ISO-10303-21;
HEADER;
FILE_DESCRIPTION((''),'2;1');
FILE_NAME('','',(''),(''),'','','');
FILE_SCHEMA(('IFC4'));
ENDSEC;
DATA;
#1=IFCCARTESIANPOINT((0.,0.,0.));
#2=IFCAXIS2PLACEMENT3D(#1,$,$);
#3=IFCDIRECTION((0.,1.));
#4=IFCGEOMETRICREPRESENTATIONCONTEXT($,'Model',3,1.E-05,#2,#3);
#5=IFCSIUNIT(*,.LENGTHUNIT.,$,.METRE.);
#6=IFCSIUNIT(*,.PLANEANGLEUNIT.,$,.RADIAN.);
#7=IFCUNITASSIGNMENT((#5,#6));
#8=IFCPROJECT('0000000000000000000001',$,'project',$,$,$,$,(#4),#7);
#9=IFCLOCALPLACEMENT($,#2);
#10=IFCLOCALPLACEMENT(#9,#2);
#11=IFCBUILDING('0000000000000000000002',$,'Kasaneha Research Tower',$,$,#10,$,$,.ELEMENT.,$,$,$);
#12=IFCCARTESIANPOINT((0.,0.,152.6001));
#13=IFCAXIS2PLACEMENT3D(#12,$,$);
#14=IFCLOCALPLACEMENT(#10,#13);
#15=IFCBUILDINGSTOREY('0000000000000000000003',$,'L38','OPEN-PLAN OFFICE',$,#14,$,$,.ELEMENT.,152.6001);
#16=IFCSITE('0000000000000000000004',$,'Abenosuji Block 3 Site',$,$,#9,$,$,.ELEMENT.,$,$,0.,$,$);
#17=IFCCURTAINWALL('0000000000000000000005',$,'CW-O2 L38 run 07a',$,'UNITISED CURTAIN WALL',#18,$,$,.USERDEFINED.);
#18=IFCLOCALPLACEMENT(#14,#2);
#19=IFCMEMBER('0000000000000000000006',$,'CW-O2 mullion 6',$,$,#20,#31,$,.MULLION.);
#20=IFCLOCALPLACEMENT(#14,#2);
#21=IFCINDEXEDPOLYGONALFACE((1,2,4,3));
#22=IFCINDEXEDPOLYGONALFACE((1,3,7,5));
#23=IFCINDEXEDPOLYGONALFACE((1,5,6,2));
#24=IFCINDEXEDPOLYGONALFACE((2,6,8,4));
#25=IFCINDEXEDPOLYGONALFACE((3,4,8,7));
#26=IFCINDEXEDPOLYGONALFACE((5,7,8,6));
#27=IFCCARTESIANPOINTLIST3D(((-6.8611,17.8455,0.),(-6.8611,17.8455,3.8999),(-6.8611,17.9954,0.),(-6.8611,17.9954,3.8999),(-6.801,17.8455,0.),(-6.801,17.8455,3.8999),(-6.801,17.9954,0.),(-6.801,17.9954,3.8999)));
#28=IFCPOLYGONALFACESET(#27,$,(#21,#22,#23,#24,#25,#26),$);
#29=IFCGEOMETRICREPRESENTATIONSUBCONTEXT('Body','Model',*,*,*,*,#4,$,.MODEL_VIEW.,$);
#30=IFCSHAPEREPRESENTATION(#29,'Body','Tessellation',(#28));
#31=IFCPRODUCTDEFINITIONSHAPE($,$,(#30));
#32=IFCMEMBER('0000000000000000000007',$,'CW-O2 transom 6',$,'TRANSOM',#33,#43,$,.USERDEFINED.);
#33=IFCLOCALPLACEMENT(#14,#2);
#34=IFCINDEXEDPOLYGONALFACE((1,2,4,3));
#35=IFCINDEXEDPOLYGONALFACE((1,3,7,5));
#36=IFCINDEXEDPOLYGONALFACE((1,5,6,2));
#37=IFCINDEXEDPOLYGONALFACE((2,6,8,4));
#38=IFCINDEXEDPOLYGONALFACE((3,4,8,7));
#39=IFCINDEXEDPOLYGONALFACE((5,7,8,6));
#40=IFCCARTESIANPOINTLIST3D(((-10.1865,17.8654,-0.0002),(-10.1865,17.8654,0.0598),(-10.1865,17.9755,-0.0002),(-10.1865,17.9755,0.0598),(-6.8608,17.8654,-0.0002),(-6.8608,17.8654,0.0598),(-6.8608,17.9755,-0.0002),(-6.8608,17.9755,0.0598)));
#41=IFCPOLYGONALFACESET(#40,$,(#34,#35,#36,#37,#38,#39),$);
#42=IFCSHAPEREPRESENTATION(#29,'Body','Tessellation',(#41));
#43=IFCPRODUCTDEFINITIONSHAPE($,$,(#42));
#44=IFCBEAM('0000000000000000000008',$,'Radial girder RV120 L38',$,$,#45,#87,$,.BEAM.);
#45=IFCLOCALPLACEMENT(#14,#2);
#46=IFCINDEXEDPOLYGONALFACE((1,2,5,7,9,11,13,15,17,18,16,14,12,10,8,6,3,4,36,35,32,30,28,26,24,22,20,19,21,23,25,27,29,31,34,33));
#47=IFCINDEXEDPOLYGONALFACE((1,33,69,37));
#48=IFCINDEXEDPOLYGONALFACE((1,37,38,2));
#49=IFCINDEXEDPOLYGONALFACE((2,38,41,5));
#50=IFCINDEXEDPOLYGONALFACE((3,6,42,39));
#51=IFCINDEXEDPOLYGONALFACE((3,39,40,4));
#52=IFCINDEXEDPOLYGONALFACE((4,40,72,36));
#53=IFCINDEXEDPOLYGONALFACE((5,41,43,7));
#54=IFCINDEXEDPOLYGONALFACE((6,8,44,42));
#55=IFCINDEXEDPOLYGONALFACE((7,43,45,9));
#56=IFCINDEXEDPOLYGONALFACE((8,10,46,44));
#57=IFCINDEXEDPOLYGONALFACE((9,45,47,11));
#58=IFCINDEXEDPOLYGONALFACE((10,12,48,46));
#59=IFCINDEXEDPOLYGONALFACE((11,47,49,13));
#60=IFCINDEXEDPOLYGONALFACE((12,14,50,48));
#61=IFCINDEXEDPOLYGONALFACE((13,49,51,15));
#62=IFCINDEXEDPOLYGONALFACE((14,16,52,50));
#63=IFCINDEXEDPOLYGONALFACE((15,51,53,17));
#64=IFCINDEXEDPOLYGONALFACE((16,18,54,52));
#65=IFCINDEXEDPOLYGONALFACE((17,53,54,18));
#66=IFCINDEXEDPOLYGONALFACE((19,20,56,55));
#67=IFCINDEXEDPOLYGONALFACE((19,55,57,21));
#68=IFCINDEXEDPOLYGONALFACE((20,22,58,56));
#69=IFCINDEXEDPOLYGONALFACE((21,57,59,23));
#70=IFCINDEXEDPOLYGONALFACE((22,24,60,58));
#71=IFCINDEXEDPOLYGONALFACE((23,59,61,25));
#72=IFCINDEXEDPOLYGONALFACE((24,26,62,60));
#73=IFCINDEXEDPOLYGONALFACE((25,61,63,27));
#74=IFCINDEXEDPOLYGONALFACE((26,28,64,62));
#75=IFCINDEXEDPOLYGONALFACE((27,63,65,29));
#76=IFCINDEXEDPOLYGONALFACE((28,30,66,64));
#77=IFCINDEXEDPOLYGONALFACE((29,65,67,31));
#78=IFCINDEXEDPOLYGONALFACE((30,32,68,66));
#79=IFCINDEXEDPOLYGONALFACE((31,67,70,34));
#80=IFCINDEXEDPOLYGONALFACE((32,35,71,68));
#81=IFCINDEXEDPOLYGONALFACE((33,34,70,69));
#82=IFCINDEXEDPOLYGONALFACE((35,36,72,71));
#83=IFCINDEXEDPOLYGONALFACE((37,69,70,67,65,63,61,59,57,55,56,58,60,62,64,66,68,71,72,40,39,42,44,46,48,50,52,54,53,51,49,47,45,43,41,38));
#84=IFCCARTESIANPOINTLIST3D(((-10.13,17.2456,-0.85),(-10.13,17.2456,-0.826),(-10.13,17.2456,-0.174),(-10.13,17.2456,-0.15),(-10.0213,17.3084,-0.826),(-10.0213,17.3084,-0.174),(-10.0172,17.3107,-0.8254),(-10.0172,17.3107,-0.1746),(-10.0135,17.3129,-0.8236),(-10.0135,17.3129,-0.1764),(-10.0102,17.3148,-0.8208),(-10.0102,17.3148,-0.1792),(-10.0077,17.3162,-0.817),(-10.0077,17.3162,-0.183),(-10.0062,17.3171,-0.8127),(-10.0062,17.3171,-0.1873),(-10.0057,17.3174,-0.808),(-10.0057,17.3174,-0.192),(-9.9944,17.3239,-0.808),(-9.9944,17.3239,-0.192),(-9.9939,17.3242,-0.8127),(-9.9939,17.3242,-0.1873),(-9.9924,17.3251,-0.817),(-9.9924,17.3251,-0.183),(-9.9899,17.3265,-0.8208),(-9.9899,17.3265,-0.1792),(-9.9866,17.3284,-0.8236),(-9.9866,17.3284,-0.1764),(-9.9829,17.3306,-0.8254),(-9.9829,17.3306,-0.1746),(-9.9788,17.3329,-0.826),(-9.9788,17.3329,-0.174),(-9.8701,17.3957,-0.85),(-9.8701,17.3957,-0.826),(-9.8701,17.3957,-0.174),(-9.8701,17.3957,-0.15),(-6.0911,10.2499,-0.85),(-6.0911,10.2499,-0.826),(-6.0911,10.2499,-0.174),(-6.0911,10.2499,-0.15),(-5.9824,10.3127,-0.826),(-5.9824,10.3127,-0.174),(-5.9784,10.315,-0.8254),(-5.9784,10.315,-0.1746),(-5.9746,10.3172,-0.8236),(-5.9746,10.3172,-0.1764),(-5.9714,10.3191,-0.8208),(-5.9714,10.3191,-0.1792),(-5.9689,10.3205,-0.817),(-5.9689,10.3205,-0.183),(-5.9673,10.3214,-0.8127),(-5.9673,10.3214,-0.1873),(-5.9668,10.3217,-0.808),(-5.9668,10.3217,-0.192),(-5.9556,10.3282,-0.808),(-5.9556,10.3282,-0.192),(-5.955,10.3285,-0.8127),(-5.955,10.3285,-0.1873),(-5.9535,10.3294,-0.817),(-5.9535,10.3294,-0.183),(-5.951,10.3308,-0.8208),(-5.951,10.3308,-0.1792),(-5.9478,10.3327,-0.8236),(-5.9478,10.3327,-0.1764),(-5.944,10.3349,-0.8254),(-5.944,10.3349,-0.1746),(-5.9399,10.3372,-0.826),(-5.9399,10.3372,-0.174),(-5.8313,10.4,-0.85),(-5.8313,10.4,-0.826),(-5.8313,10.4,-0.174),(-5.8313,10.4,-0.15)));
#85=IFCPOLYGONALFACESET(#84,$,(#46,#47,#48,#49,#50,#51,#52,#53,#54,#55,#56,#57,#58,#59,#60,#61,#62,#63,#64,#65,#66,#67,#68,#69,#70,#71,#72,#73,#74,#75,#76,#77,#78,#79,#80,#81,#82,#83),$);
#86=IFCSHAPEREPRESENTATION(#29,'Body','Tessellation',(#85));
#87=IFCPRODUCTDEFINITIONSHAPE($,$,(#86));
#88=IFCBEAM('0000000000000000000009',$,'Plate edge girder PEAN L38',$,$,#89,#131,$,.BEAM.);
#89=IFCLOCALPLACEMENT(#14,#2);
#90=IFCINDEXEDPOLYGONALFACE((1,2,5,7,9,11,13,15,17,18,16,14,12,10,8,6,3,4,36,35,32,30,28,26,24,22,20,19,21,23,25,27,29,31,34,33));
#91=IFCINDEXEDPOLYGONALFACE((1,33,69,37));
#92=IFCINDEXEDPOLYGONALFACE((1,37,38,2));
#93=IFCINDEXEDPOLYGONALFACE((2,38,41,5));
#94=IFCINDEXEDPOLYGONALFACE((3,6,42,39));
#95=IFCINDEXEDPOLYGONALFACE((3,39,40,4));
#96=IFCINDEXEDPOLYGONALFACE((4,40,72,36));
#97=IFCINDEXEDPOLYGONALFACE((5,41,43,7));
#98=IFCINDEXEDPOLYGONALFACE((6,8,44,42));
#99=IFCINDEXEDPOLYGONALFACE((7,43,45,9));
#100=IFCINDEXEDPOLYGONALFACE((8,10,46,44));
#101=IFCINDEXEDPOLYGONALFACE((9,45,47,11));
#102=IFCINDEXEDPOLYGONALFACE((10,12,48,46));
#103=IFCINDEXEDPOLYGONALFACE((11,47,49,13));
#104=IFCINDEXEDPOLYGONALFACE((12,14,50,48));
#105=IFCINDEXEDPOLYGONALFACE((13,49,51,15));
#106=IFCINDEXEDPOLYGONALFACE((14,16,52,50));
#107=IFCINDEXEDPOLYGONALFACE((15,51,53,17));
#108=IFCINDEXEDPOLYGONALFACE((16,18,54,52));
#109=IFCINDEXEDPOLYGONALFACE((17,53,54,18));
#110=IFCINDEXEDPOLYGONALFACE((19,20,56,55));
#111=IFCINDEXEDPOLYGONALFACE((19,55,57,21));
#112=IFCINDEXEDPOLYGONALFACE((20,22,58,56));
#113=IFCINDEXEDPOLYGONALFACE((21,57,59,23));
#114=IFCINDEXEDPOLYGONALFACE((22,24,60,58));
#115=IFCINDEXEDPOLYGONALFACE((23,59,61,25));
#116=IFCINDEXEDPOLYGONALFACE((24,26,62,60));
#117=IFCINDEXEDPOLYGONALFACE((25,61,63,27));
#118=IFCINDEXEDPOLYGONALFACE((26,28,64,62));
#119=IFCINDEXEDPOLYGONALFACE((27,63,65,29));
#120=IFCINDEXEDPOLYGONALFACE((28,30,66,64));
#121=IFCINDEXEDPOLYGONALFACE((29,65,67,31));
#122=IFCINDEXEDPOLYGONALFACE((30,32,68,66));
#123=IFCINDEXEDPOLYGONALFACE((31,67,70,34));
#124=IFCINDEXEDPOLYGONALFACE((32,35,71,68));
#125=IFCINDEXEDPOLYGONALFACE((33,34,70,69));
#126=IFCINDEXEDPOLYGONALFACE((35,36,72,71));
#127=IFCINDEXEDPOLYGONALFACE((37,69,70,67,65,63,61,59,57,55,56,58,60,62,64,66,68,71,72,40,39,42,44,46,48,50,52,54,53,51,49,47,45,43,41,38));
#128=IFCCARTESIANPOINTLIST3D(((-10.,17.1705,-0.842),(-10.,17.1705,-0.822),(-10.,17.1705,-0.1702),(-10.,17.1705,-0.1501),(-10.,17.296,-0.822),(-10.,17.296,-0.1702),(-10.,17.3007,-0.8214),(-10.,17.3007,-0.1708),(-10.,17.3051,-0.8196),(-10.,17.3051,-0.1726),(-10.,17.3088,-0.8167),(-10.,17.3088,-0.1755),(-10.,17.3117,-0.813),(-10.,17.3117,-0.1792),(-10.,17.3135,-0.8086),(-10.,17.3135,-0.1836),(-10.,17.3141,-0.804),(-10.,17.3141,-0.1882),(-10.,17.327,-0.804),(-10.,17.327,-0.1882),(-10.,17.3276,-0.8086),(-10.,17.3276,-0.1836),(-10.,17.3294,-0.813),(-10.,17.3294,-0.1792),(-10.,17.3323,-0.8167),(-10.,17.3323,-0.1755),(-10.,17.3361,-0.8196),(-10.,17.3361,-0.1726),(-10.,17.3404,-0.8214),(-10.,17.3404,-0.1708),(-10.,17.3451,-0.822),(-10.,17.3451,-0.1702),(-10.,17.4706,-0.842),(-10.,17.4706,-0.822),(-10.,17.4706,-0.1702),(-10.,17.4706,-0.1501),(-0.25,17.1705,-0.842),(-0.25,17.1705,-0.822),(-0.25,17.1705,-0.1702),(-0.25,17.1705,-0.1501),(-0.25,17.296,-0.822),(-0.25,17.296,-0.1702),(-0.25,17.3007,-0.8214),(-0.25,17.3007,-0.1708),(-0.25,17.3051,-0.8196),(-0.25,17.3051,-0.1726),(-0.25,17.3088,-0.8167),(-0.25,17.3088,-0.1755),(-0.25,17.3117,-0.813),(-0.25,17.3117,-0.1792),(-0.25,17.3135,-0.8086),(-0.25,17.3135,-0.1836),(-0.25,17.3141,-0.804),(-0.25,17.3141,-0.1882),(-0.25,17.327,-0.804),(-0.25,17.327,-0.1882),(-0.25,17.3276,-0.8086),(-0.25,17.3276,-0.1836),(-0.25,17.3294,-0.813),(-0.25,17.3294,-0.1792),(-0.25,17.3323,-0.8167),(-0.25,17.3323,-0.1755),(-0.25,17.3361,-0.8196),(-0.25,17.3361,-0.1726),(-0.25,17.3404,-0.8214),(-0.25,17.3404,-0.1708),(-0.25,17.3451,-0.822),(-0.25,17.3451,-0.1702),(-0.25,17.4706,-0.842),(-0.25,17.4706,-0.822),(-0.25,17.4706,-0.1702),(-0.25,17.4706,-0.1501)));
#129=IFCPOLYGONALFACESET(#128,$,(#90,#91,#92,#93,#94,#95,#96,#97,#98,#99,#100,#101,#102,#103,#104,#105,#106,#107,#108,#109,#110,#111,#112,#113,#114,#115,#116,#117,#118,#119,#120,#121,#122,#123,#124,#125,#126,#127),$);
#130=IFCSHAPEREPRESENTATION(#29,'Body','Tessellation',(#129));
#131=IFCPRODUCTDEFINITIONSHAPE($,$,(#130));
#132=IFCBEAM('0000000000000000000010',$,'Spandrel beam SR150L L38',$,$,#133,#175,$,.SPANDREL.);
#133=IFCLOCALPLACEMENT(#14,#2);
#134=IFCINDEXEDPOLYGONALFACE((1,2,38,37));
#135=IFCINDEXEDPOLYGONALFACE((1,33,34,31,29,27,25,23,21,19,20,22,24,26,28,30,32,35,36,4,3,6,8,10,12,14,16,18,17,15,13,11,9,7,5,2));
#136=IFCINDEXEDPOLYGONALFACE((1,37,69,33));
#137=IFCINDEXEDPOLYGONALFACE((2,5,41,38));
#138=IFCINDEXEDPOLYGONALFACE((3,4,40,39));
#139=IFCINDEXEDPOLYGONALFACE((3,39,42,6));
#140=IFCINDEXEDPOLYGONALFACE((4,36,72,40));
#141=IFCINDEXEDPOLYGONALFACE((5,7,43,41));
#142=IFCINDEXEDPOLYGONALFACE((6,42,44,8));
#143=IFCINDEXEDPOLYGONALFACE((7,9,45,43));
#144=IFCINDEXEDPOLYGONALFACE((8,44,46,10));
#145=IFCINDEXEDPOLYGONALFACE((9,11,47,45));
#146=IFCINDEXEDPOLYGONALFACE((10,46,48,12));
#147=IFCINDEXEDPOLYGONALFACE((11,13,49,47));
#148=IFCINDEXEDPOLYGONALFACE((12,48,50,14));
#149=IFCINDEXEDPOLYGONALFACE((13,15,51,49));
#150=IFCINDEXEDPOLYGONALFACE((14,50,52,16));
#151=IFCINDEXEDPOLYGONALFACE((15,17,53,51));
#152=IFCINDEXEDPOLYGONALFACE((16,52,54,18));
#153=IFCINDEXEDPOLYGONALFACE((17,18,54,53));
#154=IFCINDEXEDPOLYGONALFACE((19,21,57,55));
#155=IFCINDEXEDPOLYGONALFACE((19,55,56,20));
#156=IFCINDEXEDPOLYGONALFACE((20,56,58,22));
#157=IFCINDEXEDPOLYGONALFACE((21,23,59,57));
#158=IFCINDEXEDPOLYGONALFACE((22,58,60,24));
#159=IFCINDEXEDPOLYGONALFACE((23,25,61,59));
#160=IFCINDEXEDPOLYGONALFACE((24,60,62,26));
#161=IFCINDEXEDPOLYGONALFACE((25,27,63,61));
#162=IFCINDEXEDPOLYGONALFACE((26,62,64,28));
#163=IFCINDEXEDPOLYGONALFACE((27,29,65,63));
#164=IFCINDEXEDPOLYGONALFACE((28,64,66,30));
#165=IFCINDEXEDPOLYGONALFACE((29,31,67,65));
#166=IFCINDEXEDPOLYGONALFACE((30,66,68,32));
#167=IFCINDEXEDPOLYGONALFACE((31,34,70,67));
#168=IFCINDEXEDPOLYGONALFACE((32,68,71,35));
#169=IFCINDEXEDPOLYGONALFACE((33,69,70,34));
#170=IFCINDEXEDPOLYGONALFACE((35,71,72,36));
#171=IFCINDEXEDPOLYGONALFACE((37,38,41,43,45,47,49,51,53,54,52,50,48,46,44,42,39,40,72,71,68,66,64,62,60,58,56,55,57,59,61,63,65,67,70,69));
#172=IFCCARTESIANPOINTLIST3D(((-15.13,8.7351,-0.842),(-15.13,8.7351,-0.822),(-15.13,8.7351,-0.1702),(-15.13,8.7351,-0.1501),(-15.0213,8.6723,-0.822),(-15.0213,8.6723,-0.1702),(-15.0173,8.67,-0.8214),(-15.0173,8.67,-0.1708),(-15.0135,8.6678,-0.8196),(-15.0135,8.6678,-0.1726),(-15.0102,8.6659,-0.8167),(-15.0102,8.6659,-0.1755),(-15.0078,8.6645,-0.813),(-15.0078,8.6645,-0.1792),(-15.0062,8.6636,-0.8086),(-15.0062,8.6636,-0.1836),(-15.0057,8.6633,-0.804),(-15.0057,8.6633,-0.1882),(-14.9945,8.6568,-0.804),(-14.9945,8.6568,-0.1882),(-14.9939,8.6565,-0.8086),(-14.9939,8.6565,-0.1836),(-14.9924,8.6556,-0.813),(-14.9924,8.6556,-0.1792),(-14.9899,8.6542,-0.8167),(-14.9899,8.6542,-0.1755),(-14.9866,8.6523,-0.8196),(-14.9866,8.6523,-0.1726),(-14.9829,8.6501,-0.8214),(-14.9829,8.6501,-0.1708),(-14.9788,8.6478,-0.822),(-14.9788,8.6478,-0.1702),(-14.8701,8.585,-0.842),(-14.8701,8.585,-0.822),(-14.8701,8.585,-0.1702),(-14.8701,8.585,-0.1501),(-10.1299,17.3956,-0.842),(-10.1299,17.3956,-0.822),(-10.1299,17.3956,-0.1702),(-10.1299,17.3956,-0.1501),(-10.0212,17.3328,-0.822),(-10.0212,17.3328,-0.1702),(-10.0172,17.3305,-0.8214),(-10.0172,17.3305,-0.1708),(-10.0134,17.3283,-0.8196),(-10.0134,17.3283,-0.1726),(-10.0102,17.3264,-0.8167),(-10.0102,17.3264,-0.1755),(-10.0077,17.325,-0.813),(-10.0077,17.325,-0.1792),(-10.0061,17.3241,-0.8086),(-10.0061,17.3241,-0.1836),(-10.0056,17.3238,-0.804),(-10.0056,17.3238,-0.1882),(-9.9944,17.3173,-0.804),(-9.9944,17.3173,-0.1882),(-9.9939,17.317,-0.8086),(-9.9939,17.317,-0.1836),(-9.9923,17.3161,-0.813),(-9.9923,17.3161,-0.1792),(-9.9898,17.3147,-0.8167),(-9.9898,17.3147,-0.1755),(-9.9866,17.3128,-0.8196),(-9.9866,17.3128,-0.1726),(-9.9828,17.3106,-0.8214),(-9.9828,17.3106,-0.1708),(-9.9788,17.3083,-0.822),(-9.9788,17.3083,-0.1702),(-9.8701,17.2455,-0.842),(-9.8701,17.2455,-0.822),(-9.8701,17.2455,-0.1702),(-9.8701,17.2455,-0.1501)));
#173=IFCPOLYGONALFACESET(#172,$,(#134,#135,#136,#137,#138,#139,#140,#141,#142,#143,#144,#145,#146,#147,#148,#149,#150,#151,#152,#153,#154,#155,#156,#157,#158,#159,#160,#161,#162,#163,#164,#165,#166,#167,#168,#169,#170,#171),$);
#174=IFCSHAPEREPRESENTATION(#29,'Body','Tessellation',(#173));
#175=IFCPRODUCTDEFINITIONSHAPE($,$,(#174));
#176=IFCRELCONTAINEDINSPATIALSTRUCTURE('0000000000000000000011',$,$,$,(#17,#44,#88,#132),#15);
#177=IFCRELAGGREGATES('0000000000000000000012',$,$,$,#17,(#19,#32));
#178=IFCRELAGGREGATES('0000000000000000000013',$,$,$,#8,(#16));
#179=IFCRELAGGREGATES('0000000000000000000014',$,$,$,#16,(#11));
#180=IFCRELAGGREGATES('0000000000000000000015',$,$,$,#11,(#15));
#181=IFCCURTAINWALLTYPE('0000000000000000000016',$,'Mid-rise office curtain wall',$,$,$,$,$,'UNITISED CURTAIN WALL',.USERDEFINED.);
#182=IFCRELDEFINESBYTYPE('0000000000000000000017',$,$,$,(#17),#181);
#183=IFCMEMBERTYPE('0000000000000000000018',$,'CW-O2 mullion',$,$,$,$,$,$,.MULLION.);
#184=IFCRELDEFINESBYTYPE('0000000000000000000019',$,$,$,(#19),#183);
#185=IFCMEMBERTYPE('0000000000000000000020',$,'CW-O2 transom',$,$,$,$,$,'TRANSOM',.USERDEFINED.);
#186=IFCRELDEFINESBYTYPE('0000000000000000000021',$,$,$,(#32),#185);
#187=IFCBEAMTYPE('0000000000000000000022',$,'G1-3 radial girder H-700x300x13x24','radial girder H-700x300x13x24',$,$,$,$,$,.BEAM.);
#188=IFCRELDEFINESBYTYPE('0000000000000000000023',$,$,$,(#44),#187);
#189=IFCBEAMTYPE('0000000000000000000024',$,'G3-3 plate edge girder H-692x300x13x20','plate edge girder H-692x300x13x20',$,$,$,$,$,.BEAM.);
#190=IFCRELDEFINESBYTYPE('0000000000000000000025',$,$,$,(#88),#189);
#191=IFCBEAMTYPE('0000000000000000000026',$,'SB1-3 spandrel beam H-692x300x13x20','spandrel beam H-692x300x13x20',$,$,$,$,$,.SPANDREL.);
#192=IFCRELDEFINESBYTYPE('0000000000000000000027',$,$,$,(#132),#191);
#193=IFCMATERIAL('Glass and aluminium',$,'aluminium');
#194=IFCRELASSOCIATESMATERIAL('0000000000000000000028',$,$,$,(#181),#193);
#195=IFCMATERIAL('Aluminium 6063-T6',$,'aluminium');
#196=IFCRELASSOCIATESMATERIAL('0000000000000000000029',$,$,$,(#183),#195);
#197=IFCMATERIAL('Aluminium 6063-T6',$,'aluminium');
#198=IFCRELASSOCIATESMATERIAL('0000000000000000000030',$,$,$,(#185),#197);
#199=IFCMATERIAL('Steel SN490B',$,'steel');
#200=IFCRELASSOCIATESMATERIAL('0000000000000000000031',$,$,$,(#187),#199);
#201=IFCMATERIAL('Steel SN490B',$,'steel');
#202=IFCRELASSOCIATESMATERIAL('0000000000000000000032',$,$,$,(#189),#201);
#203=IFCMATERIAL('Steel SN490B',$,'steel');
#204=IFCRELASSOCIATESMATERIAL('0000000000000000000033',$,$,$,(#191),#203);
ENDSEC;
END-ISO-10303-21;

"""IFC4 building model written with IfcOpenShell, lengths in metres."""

from ifc_helpers import new_model, si_unit, direction, frame, origin, origin_2d, place, context, subcontext, project, spatial, rectangle, i_section, extrude, material, material_profile, profile_set, type_object, element, aggregate, save


model = new_model("IFC4")

# Units and contexts
model_context = context("Model", 3, precision=1e-05, world=origin(), true_north=direction((0.0, 1.0)))
body_context = subcontext(model_context, "Body", "Model", "MODEL_VIEW")
ifc_project = project(units=[si_unit("LENGTHUNIT", "METRE"), si_unit("PLANEANGLEUNIT", "RADIAN")], contexts=[model_context])

# Site, building, storey
site_placement = place(None, origin())
site = spatial("IfcSite", under=ifc_project, at=site_placement, Name="Abenosuji Block 3 Site", CompositionType="ELEMENT", RefElevation=0.0)
building_placement = place(site_placement, origin())
building = spatial("IfcBuilding", under=site, at=building_placement, Name="Kasaneha Research Tower", CompositionType="ELEMENT")
storey_placement = place(building_placement, frame((0.0, 0.0, 152.6001)))
storey = spatial("IfcBuildingStorey", under=building, at=storey_placement, Name="L38", Description="OPEN-PLAN OFFICE", CompositionType="ELEMENT", Elevation=152.6001)

# Curtain wall, members
ifc_material_1 = material(Name="Glass and aluminium", Category="aluminium")
curtain_wall_type = type_object("IfcCurtainWallType", Name="Mid-rise office curtain wall", ElementType="UNITISED CURTAIN WALL", PredefinedType="USERDEFINED", material=ifc_material_1)
curtain_wall_placement = place(storey_placement, origin())
curtain_wall = element("IfcCurtainWall", 1, at=curtain_wall_placement, inside=storey, type_object=curtain_wall_type, Name="CW-O2 L38 run 07a", ObjectType="UNITISED CURTAIN WALL", PredefinedType="USERDEFINED")
ifc_material_2 = material(Name="Aluminium 6063-T6", Category="aluminium")
ifc_material_profile_1 = material_profile(ifc_material_2, rectangle(XDim=0.0601, YDim=0.1499, at=origin_2d()), Name="CW-O2 mullion 60x150")
ifc_profile_set_1 = profile_set([ifc_material_profile_1], Name="Aluminium 6063-T6")
member_type_1 = type_object("IfcMemberType", Name="CW-O2 mullion", PredefinedType="MULLION", material=ifc_profile_set_1)
member_1_placement = place(storey_placement, frame((-6.8311, 17.9204, 0.0), z_axis=(0.0, 0.0, 1.0), x_axis=(-1.0, 0.0, 0.0)))
member_1 = element("IfcMember", 2, at=member_1_placement, type_object=member_type_1, Name="CW-O2 mullion 6", PredefinedType="MULLION", context=body_context, shape_type="SweptSolid", body=[
    extrude(rectangle(XDim=0.0601, YDim=0.1499, at=origin_2d()), origin(), (0.0, 0.0, 1.0), 3.8999),
])
ifc_material_3 = material(Name="Aluminium 6063-T6", Category="aluminium")
ifc_material_profile_2 = material_profile(ifc_material_3, rectangle(XDim=0.1101, YDim=0.0601, at=origin_2d()), Name="CW-O2 transom 110x60")
ifc_profile_set_2 = profile_set([ifc_material_profile_2], Name="Aluminium 6063-T6")
member_type_2 = type_object("IfcMemberType", Name="CW-O2 transom", ElementType="TRANSOM", PredefinedType="USERDEFINED", material=ifc_profile_set_2)
member_2_placement = place(storey_placement, frame((-6.8608, 17.9204, 0.0298), z_axis=(-1.0, 0.0, 0.0), x_axis=(0.0, -1.0, 0.0)))
member_2 = element("IfcMember", 3, at=member_2_placement, type_object=member_type_2, Name="CW-O2 transom 6", ObjectType="TRANSOM", PredefinedType="USERDEFINED", context=body_context, shape_type="SweptSolid", body=[
    extrude(rectangle(XDim=0.1101, YDim=0.0601, at=origin_2d()), origin(), (0.0, 0.0, 1.0), 3.3257),
])

# Beams
ifc_material_4 = material(Name="Steel SN490B", Category="steel")
ifc_material_profile_3 = material_profile(ifc_material_4, i_section(OverallWidth=0.3, OverallDepth=0.7, WebThickness=0.0129, FlangeThickness=0.0239, FilletRadius=0.0181, at=origin_2d()), Name="H-700x300x13x24")
ifc_profile_set_3 = profile_set([ifc_material_profile_3], Name="Steel SN490B")
beam_type_1 = type_object("IfcBeamType", Name="G1-3 radial girder H-700x300x13x24", Description="radial girder H-700x300x13x24", PredefinedType="BEAM", material=ifc_profile_set_3)
beam_1_placement = place(storey_placement, frame((-5.9612, 10.325, -0.5), z_axis=(-0.499991, 0.866031, 0.0), x_axis=(-0.866031, -0.499991, 0.0)))
element("IfcBeam", 4, at=beam_1_placement, inside=storey, type_object=beam_type_1, Name="Radial girder RV120 L38", PredefinedType="BEAM", context=body_context, shape_type="SweptSolid", body=[
    extrude(i_section(OverallWidth=0.3, OverallDepth=0.7, WebThickness=0.0129, FlangeThickness=0.0239, FilletRadius=0.0181, at=origin_2d()), origin(), (0.0, 0.0, 1.0), 8.0779),
])
ifc_material_5 = material(Name="Steel SN490B", Category="steel")
ifc_material_profile_4 = material_profile(ifc_material_5, i_section(OverallWidth=0.3, OverallDepth=0.6919, WebThickness=0.0129, FlangeThickness=0.02, FilletRadius=0.0181, at=origin_2d()), Name="H-692x300x13x20")
ifc_profile_set_4 = profile_set([ifc_material_profile_4], Name="Steel SN490B")
beam_type_2 = type_object("IfcBeamType", Name="G3-3 plate edge girder H-692x300x13x20", Description="plate edge girder H-692x300x13x20", PredefinedType="BEAM", material=ifc_profile_set_4)
beam_2_placement = place(storey_placement, frame((-10.0, 17.3206, -0.4961), z_axis=(1.0, 0.0, 0.0), x_axis=(0.0, 1.0, 0.0)))
element("IfcBeam", 5, at=beam_2_placement, inside=storey, type_object=beam_type_2, Name="Plate edge girder PEAN L38", PredefinedType="BEAM", context=body_context, shape_type="SweptSolid", body=[
    extrude(i_section(OverallWidth=0.3, OverallDepth=0.6919, WebThickness=0.0129, FlangeThickness=0.02, FilletRadius=0.0181, at=origin_2d()), origin(), (0.0, 0.0, 1.0), 9.75),
])
ifc_material_6 = material(Name="Steel SN490B", Category="steel")
ifc_material_profile_5 = material_profile(ifc_material_6, i_section(OverallWidth=0.3, OverallDepth=0.6919, WebThickness=0.0129, FlangeThickness=0.02, FilletRadius=0.0181, at=origin_2d()), Name="H-692x300x13x20")
ifc_profile_set_5 = profile_set([ifc_material_profile_5], Name="Steel SN490B")
beam_type_3 = type_object("IfcBeamType", Name="SB1-3 spandrel beam H-692x300x13x20", Description="spandrel beam H-692x300x13x20", PredefinedType="SPANDREL", material=ifc_profile_set_5)
beam_3_placement = place(storey_placement, frame((-10.0, 17.3206, -0.4961), z_axis=(-0.499994, -0.866029, 0.0), x_axis=(0.866029, -0.499994, 0.0)))
element("IfcBeam", 6, at=beam_3_placement, inside=storey, type_object=beam_type_3, Name="Spandrel beam SR150L L38", PredefinedType="SPANDREL", context=body_context, shape_type="SweptSolid", body=[
    extrude(i_section(OverallWidth=0.3, OverallDepth=0.6919, WebThickness=0.0129, FlangeThickness=0.02, FilletRadius=0.0181, at=origin_2d()), origin(), (0.0, 0.0, 1.0), 10.0002),
])

aggregate(curtain_wall, [member_1, member_2])

save(model, "model.ifc")
